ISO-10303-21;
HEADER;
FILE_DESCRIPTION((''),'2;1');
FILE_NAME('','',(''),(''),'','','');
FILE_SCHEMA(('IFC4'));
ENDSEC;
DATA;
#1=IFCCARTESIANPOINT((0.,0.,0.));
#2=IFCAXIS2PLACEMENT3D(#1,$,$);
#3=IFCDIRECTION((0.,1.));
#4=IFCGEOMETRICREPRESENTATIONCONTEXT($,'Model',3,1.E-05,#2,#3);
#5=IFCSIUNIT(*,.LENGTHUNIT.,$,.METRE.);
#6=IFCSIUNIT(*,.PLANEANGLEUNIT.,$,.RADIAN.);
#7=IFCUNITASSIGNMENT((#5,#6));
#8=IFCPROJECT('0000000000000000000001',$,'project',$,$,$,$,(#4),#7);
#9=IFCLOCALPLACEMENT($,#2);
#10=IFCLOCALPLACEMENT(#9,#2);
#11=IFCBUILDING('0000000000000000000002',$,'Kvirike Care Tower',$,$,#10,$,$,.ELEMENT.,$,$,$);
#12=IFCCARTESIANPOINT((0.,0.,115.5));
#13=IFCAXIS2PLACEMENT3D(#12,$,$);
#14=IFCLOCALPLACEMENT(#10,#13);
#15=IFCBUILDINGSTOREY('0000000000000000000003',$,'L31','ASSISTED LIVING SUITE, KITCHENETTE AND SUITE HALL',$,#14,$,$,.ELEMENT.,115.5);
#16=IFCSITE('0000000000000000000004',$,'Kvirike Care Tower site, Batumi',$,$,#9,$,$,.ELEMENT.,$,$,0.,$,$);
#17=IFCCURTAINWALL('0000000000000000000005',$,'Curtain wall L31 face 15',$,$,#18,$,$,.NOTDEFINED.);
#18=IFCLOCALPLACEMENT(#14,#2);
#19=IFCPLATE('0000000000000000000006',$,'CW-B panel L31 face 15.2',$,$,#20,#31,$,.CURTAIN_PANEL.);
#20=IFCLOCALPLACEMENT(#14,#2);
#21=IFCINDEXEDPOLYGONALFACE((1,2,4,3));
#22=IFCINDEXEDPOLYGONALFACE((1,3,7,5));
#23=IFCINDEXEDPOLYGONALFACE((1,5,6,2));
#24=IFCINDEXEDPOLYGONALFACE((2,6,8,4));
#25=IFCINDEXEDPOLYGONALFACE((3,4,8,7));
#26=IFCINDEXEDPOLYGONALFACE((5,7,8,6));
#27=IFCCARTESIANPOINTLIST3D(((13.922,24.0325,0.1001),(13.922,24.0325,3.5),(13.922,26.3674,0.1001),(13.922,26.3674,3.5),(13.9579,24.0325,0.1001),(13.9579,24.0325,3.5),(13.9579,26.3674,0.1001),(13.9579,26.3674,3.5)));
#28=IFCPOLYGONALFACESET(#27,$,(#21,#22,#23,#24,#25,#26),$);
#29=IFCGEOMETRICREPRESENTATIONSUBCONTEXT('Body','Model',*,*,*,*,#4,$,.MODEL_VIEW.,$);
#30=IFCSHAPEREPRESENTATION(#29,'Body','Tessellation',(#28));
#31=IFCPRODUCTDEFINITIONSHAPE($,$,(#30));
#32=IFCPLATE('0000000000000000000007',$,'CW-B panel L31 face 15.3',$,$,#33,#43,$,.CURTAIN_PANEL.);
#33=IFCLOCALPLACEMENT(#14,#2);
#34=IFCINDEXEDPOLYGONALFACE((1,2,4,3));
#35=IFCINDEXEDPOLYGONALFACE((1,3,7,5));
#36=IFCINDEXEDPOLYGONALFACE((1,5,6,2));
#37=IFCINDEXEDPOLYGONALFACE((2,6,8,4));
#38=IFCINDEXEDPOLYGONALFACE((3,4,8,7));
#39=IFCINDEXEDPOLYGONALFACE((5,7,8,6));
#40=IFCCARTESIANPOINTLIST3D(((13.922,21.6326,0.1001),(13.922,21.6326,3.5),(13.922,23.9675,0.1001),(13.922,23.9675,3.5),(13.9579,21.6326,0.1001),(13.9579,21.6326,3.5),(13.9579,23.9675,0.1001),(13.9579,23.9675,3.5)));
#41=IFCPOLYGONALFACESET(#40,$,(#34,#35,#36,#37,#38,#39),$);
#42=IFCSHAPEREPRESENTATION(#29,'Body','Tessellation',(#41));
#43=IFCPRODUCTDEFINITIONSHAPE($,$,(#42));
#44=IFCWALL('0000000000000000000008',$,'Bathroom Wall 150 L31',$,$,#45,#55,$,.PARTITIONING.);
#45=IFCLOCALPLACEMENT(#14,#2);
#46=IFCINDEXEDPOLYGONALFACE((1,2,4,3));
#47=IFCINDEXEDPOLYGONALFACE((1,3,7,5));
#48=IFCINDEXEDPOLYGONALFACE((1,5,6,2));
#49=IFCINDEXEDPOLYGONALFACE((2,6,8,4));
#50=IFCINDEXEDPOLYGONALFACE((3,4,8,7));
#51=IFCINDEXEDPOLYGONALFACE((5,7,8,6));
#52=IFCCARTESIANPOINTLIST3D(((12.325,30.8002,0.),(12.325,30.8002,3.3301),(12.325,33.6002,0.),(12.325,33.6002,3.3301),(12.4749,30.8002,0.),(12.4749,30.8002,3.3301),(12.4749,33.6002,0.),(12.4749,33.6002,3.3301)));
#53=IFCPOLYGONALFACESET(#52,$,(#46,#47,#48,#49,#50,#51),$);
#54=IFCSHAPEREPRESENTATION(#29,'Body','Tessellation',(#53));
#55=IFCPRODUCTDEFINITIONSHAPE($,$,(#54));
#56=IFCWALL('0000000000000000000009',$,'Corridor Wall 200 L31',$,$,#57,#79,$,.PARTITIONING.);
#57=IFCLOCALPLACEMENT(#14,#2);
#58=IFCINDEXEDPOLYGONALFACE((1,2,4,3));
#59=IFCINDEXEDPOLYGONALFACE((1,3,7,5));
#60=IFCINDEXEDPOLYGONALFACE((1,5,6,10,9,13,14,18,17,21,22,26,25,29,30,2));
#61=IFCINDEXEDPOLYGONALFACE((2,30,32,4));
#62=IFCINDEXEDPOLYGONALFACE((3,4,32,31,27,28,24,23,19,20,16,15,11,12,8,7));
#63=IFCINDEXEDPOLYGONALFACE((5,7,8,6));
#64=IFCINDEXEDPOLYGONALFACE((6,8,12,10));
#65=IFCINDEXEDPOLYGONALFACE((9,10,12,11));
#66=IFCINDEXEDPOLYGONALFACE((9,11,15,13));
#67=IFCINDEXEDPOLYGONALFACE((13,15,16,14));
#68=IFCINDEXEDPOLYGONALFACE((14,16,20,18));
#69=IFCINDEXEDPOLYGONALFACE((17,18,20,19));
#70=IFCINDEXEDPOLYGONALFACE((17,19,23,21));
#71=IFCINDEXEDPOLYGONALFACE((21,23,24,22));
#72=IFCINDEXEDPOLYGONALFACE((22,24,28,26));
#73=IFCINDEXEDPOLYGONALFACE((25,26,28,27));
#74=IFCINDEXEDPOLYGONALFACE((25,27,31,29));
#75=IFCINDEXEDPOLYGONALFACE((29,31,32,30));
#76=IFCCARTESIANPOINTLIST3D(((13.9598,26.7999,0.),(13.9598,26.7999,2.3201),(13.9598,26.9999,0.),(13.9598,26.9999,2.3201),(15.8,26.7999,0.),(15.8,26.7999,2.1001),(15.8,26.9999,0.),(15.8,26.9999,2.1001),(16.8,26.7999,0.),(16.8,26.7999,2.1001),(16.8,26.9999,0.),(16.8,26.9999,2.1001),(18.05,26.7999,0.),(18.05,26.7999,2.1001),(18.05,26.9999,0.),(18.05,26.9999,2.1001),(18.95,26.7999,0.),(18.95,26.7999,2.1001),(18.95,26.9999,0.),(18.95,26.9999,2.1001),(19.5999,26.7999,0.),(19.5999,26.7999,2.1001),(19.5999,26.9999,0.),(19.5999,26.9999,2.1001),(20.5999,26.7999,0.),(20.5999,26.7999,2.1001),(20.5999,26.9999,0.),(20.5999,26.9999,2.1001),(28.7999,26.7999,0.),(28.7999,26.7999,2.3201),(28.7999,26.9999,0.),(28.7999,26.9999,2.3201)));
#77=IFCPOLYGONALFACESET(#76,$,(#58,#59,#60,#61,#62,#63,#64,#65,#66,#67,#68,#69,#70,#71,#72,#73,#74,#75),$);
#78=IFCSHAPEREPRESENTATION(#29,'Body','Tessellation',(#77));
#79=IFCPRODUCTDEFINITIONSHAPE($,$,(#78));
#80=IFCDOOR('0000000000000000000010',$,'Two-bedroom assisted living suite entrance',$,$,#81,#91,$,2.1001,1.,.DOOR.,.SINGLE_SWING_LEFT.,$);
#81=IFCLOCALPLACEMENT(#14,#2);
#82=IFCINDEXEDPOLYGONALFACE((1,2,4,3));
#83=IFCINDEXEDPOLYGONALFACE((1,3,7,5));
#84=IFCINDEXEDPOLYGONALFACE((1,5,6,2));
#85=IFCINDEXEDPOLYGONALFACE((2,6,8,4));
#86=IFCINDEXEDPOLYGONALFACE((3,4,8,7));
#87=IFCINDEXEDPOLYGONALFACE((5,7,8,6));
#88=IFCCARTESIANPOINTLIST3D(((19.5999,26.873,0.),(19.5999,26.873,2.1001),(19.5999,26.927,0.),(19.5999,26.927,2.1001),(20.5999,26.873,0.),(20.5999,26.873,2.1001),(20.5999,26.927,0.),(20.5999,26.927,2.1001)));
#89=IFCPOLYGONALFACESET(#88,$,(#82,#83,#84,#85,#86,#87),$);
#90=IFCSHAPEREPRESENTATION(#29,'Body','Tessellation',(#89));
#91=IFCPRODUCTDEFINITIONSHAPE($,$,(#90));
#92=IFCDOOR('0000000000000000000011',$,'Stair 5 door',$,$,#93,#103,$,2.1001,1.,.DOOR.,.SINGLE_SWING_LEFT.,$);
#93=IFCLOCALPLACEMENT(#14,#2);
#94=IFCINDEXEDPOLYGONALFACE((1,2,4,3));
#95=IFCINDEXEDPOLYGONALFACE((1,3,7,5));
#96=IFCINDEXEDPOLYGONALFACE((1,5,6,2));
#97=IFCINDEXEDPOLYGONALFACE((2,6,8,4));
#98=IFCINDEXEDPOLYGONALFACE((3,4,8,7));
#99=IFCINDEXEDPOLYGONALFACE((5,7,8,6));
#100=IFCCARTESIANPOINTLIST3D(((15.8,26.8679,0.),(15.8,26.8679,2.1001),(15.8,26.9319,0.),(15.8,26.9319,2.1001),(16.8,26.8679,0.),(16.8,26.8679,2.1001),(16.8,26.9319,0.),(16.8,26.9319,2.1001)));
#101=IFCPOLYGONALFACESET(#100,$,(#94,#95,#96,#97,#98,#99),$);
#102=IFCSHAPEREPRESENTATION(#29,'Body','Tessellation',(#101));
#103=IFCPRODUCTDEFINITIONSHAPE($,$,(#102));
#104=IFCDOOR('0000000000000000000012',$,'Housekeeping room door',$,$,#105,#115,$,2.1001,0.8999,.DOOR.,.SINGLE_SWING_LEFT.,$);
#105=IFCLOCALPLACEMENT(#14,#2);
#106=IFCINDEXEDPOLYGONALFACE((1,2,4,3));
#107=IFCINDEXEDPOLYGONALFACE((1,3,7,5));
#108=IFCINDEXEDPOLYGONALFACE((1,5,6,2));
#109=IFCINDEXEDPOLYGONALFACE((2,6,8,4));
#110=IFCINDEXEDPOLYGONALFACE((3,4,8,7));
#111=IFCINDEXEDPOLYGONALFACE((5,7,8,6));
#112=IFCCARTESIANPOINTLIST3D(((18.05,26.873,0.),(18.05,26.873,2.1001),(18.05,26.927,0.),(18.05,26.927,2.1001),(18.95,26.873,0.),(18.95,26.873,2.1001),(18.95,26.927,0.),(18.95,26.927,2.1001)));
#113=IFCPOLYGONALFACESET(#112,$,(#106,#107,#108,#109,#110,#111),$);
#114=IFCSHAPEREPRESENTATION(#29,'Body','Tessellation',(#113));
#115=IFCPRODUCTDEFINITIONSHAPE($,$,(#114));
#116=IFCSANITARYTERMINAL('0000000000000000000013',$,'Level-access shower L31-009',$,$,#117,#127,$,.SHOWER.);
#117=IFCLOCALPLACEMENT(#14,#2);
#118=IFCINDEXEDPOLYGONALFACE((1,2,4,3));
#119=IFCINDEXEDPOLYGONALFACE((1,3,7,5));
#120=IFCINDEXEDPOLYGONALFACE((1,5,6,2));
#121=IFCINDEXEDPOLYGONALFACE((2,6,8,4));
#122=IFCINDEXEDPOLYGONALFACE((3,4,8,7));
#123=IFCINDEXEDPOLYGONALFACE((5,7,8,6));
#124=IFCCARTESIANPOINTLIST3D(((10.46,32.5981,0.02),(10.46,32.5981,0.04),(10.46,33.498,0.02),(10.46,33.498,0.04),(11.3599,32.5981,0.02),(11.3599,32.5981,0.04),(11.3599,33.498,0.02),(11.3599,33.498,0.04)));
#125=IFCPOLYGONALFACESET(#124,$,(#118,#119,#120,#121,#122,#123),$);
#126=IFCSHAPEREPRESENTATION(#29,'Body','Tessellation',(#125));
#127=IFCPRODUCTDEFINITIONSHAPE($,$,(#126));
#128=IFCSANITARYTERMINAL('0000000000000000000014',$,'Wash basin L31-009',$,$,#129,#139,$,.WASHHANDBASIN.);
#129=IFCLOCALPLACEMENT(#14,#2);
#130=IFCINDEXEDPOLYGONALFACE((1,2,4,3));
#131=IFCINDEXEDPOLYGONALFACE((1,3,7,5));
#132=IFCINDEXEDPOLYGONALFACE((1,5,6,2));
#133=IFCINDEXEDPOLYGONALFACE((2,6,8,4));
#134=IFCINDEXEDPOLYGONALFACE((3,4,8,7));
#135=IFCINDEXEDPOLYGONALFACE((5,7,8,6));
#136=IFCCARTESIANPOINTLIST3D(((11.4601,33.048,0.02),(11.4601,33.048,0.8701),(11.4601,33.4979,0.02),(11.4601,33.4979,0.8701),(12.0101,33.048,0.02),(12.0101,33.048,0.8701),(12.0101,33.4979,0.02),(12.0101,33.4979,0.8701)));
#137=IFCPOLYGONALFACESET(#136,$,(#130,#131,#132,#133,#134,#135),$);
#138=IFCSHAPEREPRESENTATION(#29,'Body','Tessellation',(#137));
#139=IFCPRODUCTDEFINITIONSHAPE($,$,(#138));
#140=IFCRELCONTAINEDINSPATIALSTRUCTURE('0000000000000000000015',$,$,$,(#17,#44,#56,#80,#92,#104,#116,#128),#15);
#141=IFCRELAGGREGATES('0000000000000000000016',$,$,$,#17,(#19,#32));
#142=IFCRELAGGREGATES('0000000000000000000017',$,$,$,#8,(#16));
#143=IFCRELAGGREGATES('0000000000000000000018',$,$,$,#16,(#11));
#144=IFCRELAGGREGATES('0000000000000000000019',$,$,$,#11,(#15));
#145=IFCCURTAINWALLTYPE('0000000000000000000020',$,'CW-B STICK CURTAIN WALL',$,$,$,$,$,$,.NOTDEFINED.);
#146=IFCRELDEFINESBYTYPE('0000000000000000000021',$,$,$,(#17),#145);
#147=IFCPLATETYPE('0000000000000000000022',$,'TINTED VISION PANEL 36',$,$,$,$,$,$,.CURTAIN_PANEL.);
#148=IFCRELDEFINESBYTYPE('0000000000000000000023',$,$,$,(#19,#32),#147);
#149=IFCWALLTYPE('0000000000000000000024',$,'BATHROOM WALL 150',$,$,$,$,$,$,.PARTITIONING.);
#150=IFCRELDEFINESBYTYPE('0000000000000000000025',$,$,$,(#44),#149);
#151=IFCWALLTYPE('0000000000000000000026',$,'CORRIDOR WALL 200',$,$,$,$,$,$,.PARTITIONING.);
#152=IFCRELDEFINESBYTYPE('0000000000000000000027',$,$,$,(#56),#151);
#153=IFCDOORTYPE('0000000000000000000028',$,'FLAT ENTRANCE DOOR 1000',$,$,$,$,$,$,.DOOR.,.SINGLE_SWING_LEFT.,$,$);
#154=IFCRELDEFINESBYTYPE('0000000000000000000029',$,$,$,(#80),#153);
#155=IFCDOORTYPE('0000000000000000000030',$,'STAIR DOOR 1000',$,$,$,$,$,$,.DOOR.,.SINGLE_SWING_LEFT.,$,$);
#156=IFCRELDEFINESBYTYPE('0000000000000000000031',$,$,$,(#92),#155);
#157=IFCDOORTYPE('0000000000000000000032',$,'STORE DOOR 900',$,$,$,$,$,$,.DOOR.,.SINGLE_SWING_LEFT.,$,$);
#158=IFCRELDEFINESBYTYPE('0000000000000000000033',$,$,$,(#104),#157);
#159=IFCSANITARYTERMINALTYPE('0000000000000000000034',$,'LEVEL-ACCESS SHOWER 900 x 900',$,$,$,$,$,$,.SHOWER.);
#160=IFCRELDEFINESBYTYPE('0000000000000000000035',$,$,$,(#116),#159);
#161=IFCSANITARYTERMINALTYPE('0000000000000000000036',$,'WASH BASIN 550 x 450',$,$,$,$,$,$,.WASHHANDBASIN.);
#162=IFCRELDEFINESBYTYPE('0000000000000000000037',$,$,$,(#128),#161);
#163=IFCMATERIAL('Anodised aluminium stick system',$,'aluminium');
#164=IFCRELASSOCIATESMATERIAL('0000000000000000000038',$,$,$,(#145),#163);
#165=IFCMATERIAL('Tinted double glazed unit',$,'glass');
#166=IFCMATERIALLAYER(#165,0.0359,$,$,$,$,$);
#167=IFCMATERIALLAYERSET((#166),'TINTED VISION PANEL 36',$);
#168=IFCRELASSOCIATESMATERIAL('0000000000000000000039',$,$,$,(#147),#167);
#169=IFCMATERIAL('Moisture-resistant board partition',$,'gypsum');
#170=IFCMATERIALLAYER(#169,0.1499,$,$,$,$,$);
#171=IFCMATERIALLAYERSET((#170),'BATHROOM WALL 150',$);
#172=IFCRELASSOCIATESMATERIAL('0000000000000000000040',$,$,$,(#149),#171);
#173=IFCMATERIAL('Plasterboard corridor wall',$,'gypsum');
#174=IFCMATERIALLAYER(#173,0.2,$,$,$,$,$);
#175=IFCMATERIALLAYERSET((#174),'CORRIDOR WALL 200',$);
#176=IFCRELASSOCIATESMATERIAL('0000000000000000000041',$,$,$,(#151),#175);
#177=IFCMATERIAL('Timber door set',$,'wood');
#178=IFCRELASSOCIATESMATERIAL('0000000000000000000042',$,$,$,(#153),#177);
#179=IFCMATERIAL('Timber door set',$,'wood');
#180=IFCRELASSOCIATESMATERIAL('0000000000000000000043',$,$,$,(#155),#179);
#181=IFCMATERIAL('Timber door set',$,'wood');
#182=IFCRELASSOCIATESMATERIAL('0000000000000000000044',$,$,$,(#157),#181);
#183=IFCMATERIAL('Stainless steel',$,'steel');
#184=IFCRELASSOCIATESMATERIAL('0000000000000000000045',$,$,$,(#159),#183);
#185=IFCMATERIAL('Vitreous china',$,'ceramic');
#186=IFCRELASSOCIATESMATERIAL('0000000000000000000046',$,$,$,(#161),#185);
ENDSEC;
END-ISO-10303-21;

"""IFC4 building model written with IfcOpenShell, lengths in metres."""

from ifc_helpers import new_model, si_unit, direction, frame, frame_2d, origin, origin_2d, place, context, subcontext, project, spatial, rectangle, extrude, material, layer, layer_set, type_object, element, fill, aggregate, save


model = new_model("IFC4")

# Units and contexts
model_context = context("Model", 3, precision=1e-05, world=origin(), true_north=direction((0.0, 1.0)))
body_context = subcontext(model_context, "Body", "Model", "MODEL_VIEW")
ifc_project = project(units=[si_unit("LENGTHUNIT", "METRE"), si_unit("PLANEANGLEUNIT", "RADIAN")], contexts=[model_context])

# Site, building, storey
site_placement = place(None, origin())
site = spatial("IfcSite", under=ifc_project, at=site_placement, Name="Kvirike Care Tower site, Batumi", CompositionType="ELEMENT", RefElevation=0.0)
building_placement = place(site_placement, origin())
building = spatial("IfcBuilding", under=site, at=building_placement, Name="Kvirike Care Tower", CompositionType="ELEMENT")
storey_placement = place(building_placement, frame((0.0, 0.0, 115.5)))
storey = spatial("IfcBuildingStorey", under=building, at=storey_placement, Name="L31", Description="ASSISTED LIVING SUITE, KITCHENETTE AND SUITE HALL", CompositionType="ELEMENT", Elevation=115.5)

# Curtain wall
ifc_material_1 = material(Name="Anodised aluminium stick system", Category="aluminium")
curtain_wall_type = type_object("IfcCurtainWallType", Name="CW-B STICK CURTAIN WALL", PredefinedType="NOTDEFINED", material=ifc_material_1)
curtain_wall_1_placement = place(storey_placement, origin())
curtain_wall_1 = element("IfcCurtainWall", 1, at=curtain_wall_1_placement, inside=storey, type_object=curtain_wall_type, Name="Curtain wall L31 face 15", PredefinedType="NOTDEFINED")

# Plates
ifc_material_2 = material(Name="Tinted double glazed unit", Category="glass")
ifc_layer_1 = layer(ifc_material_2, 0.0359)
ifc_layer_set_1 = layer_set([ifc_layer_1], Name="TINTED VISION PANEL 36")
plate_type = type_object("IfcPlateType", Name="TINTED VISION PANEL 36", PredefinedType="CURTAIN_PANEL", material=ifc_layer_set_1)
plate_1_placement = place(storey_placement, frame((13.9399, 25.2, 0.1001), z_axis=(0.0, 0.0, 1.0), x_axis=(0.0, -1.0, 0.0)))
plate_1 = element("IfcPlate", 2, at=plate_1_placement, type_object=plate_type, Name="CW-B panel L31 face 15.2", PredefinedType="CURTAIN_PANEL", context=body_context, shape_type="SweptSolid", body=[
    extrude(rectangle(XDim=2.335, YDim=0.0359, at=origin_2d()), origin(), (0.0, 0.0, 1.0), 3.3999),
])
plate_2_placement = place(storey_placement, frame((13.9399, 22.8, 0.1001), z_axis=(0.0, 0.0, 1.0), x_axis=(0.0, -1.0, 0.0)))
plate_2 = element("IfcPlate", 3, at=plate_2_placement, type_object=plate_type, Name="CW-B panel L31 face 15.3", PredefinedType="CURTAIN_PANEL", context=body_context, shape_type="SweptSolid", body=[
    extrude(rectangle(XDim=2.335, YDim=0.0359, at=origin_2d()), origin(), (0.0, 0.0, 1.0), 3.3999),
])
aggregate(curtain_wall_1, [plate_1, plate_2])

# Wall
ifc_material_3 = material(Name="Moisture-resistant board partition", Category="gypsum")
ifc_layer_2 = layer(ifc_material_3, 0.1499)
ifc_layer_set_2 = layer_set([ifc_layer_2], Name="BATHROOM WALL 150")
wall_type_1 = type_object("IfcWallType", Name="BATHROOM WALL 150", PredefinedType="PARTITIONING", material=ifc_layer_set_2)
wall_1_placement = place(storey_placement, frame((12.3999, 33.6001, 0.0), z_axis=(0.0, 0.0, 1.0), x_axis=(0.0, -1.0, 0.0)))
element("IfcWall", 4, at=wall_1_placement, inside=storey, type_object=wall_type_1, Name="Bathroom Wall 150 L31", PredefinedType="PARTITIONING", context=body_context, shape_type="SweptSolid", body=[
    extrude(rectangle(XDim=2.8, YDim=0.1499, at=frame_2d((1.3999, 0.0))), origin(), (0.0, 0.0, 1.0), 3.3301),
])

# Wall, openings, doors
ifc_material_4 = material(Name="Plasterboard corridor wall", Category="gypsum")
ifc_layer_3 = layer(ifc_material_4, 0.2)
ifc_layer_set_3 = layer_set([ifc_layer_3], Name="CORRIDOR WALL 200")
wall_type_2 = type_object("IfcWallType", Name="CORRIDOR WALL 200", PredefinedType="PARTITIONING", material=ifc_layer_set_3)
wall_2_placement = place(storey_placement, frame((13.96, 26.8999, 0.0), z_axis=(0.0, 0.0, 1.0), x_axis=(1.0, 0.0, 0.0)))
wall_2 = element("IfcWall", 5, at=wall_2_placement, inside=storey, type_object=wall_type_2, Name="Corridor Wall 200 L31", PredefinedType="PARTITIONING", context=body_context, shape_type="SweptSolid", body=[
    extrude(rectangle(XDim=14.8401, YDim=0.2, at=frame_2d((7.4199, 0.0))), origin(), (0.0, 0.0, 1.0), 2.3201),
])
opening_1_placement = place(wall_2_placement, frame((1.8401, 0.0, 0.0)))
opening_1 = element("IfcOpeningElement", 6, at=opening_1_placement, cuts=wall_2, PredefinedType="OPENING", context=body_context, shape_type="SweptSolid", body=[
    extrude(rectangle(XDim=1.0, YDim=2.1001, at=frame_2d((0.5, 1.05))), frame((0.0, 0.1106, 0.0), z_axis=(0.0, -1.0, 0.0), x_axis=(1.0, 0.0, 0.0)), (0.0, 0.0, 1.0), 0.2209),
])
opening_2_placement = place(wall_2_placement, frame((4.0901, 0.0, 0.0)))
opening_2 = element("IfcOpeningElement", 7, at=opening_2_placement, cuts=wall_2, PredefinedType="OPENING", context=body_context, shape_type="SweptSolid", body=[
    extrude(rectangle(XDim=0.8999, YDim=2.1001, at=frame_2d((0.45, 1.05))), frame((0.0, 0.1106, 0.0), z_axis=(0.0, -1.0, 0.0), x_axis=(1.0, 0.0, 0.0)), (0.0, 0.0, 1.0), 0.2209),
])
opening_3_placement = place(wall_2_placement, frame((5.6399, 0.0, 0.0)))
opening_3 = element("IfcOpeningElement", 8, at=opening_3_placement, cuts=wall_2, PredefinedType="OPENING", context=body_context, shape_type="SweptSolid", body=[
    extrude(rectangle(XDim=1.0, YDim=2.1001, at=frame_2d((0.5, 1.05))), frame((0.0, 0.1106, 0.0), z_axis=(0.0, -1.0, 0.0), x_axis=(1.0, 0.0, 0.0)), (0.0, 0.0, 1.0), 0.2209),
])
ifc_material_5 = material(Name="Timber door set", Category="wood")
door_type_1 = type_object("IfcDoorType", Name="FLAT ENTRANCE DOOR 1000", OperationType="SINGLE_SWING_LEFT", PredefinedType="DOOR", material=ifc_material_5)
door_1_placement = place(opening_3_placement, frame((1.0, 0.0, 0.0), z_axis=(0.0, 0.0, 1.0), x_axis=(-1.0, 0.0, 0.0)))
door_1 = element("IfcDoor", 9, at=door_1_placement, inside=storey, type_object=door_type_1, Name="Two-bedroom assisted living suite entrance", OperationType="SINGLE_SWING_LEFT", OverallHeight=2.1001, OverallWidth=1.0, PredefinedType="DOOR", context=body_context, shape_type="SweptSolid", body=[
    extrude(rectangle(XDim=1.0, YDim=2.1001, at=frame_2d((0.5, 1.05))), frame((0.0, 0.0269, 0.0), z_axis=(0.0, -1.0, 0.0), x_axis=(1.0, 0.0, 0.0)), (0.0, 0.0, 1.0), 0.054),
])
fill(opening_3, door_1)
ifc_material_6 = material(Name="Timber door set", Category="wood")
door_type_2 = type_object("IfcDoorType", Name="STAIR DOOR 1000", OperationType="SINGLE_SWING_LEFT", PredefinedType="DOOR", material=ifc_material_6)
door_2_placement = place(opening_1_placement, frame((1.0, 0.0, 0.0), z_axis=(0.0, 0.0, 1.0), x_axis=(-1.0, 0.0, 0.0)))
door_2 = element("IfcDoor", 10, at=door_2_placement, inside=storey, type_object=door_type_2, Name="Stair 5 door", OperationType="SINGLE_SWING_LEFT", OverallHeight=2.1001, OverallWidth=1.0, PredefinedType="DOOR", context=body_context, shape_type="SweptSolid", body=[
    extrude(rectangle(XDim=1.0, YDim=2.1001, at=frame_2d((0.5, 1.05))), frame((0.0, 0.032, 0.0), z_axis=(0.0, -1.0, 0.0), x_axis=(1.0, 0.0, 0.0)), (0.0, 0.0, 1.0), 0.064),
])
fill(opening_1, door_2)
ifc_material_7 = material(Name="Timber door set", Category="wood")
door_type_3 = type_object("IfcDoorType", Name="STORE DOOR 900", OperationType="SINGLE_SWING_LEFT", PredefinedType="DOOR", material=ifc_material_7)
door_3_placement = place(opening_2_placement, frame((0.8999, 0.0, 0.0), z_axis=(0.0, 0.0, 1.0), x_axis=(-1.0, 0.0, 0.0)))
door_3 = element("IfcDoor", 11, at=door_3_placement, inside=storey, type_object=door_type_3, Name="Housekeeping room door", OperationType="SINGLE_SWING_LEFT", OverallHeight=2.1001, OverallWidth=0.8999, PredefinedType="DOOR", context=body_context, shape_type="SweptSolid", body=[
    extrude(rectangle(XDim=0.8999, YDim=2.1001, at=frame_2d((0.45, 1.05))), frame((0.0, 0.0269, 0.0), z_axis=(0.0, -1.0, 0.0), x_axis=(1.0, 0.0, 0.0)), (0.0, 0.0, 1.0), 0.054),
])
fill(opening_2, door_3)

# Sanitary terminals
ifc_material_8 = material(Name="Stainless steel", Category="steel")
sanitary_terminal_type_1 = type_object("IfcSanitaryTerminalType", Name="LEVEL-ACCESS SHOWER 900 x 900", PredefinedType="SHOWER", material=ifc_material_8)
sanitary_terminal_1_placement = place(storey_placement, frame((10.9099, 33.0481, 0.02), z_axis=(0.0, 0.0, 1.0), x_axis=(1.0, 0.0, 0.0)))
element("IfcSanitaryTerminal", 12, at=sanitary_terminal_1_placement, inside=storey, type_object=sanitary_terminal_type_1, Name="Level-access shower L31-009", PredefinedType="SHOWER", context=body_context, shape_type="SweptSolid", body=[
    extrude(rectangle(XDim=0.8999, YDim=0.8999, at=origin_2d()), origin(), (0.0, 0.0, 1.0), 0.02),
])
ifc_material_9 = material(Name="Vitreous china", Category="ceramic")
sanitary_terminal_type_2 = type_object("IfcSanitaryTerminalType", Name="WASH BASIN 550 x 450", PredefinedType="WASHHANDBASIN", material=ifc_material_9)
sanitary_terminal_2_placement = place(storey_placement, frame((11.7351, 33.2729, 0.02), z_axis=(0.0, 0.0, 1.0), x_axis=(1.0, 0.0, 0.0)))
element("IfcSanitaryTerminal", 13, at=sanitary_terminal_2_placement, inside=storey, type_object=sanitary_terminal_type_2, Name="Wash basin L31-009", PredefinedType="WASHHANDBASIN", context=body_context, shape_type="SweptSolid", body=[
    extrude(rectangle(XDim=0.55, YDim=0.45, at=origin_2d()), origin(), (0.0, 0.0, 1.0), 0.8501),
])

save(model, "model.ifc")
